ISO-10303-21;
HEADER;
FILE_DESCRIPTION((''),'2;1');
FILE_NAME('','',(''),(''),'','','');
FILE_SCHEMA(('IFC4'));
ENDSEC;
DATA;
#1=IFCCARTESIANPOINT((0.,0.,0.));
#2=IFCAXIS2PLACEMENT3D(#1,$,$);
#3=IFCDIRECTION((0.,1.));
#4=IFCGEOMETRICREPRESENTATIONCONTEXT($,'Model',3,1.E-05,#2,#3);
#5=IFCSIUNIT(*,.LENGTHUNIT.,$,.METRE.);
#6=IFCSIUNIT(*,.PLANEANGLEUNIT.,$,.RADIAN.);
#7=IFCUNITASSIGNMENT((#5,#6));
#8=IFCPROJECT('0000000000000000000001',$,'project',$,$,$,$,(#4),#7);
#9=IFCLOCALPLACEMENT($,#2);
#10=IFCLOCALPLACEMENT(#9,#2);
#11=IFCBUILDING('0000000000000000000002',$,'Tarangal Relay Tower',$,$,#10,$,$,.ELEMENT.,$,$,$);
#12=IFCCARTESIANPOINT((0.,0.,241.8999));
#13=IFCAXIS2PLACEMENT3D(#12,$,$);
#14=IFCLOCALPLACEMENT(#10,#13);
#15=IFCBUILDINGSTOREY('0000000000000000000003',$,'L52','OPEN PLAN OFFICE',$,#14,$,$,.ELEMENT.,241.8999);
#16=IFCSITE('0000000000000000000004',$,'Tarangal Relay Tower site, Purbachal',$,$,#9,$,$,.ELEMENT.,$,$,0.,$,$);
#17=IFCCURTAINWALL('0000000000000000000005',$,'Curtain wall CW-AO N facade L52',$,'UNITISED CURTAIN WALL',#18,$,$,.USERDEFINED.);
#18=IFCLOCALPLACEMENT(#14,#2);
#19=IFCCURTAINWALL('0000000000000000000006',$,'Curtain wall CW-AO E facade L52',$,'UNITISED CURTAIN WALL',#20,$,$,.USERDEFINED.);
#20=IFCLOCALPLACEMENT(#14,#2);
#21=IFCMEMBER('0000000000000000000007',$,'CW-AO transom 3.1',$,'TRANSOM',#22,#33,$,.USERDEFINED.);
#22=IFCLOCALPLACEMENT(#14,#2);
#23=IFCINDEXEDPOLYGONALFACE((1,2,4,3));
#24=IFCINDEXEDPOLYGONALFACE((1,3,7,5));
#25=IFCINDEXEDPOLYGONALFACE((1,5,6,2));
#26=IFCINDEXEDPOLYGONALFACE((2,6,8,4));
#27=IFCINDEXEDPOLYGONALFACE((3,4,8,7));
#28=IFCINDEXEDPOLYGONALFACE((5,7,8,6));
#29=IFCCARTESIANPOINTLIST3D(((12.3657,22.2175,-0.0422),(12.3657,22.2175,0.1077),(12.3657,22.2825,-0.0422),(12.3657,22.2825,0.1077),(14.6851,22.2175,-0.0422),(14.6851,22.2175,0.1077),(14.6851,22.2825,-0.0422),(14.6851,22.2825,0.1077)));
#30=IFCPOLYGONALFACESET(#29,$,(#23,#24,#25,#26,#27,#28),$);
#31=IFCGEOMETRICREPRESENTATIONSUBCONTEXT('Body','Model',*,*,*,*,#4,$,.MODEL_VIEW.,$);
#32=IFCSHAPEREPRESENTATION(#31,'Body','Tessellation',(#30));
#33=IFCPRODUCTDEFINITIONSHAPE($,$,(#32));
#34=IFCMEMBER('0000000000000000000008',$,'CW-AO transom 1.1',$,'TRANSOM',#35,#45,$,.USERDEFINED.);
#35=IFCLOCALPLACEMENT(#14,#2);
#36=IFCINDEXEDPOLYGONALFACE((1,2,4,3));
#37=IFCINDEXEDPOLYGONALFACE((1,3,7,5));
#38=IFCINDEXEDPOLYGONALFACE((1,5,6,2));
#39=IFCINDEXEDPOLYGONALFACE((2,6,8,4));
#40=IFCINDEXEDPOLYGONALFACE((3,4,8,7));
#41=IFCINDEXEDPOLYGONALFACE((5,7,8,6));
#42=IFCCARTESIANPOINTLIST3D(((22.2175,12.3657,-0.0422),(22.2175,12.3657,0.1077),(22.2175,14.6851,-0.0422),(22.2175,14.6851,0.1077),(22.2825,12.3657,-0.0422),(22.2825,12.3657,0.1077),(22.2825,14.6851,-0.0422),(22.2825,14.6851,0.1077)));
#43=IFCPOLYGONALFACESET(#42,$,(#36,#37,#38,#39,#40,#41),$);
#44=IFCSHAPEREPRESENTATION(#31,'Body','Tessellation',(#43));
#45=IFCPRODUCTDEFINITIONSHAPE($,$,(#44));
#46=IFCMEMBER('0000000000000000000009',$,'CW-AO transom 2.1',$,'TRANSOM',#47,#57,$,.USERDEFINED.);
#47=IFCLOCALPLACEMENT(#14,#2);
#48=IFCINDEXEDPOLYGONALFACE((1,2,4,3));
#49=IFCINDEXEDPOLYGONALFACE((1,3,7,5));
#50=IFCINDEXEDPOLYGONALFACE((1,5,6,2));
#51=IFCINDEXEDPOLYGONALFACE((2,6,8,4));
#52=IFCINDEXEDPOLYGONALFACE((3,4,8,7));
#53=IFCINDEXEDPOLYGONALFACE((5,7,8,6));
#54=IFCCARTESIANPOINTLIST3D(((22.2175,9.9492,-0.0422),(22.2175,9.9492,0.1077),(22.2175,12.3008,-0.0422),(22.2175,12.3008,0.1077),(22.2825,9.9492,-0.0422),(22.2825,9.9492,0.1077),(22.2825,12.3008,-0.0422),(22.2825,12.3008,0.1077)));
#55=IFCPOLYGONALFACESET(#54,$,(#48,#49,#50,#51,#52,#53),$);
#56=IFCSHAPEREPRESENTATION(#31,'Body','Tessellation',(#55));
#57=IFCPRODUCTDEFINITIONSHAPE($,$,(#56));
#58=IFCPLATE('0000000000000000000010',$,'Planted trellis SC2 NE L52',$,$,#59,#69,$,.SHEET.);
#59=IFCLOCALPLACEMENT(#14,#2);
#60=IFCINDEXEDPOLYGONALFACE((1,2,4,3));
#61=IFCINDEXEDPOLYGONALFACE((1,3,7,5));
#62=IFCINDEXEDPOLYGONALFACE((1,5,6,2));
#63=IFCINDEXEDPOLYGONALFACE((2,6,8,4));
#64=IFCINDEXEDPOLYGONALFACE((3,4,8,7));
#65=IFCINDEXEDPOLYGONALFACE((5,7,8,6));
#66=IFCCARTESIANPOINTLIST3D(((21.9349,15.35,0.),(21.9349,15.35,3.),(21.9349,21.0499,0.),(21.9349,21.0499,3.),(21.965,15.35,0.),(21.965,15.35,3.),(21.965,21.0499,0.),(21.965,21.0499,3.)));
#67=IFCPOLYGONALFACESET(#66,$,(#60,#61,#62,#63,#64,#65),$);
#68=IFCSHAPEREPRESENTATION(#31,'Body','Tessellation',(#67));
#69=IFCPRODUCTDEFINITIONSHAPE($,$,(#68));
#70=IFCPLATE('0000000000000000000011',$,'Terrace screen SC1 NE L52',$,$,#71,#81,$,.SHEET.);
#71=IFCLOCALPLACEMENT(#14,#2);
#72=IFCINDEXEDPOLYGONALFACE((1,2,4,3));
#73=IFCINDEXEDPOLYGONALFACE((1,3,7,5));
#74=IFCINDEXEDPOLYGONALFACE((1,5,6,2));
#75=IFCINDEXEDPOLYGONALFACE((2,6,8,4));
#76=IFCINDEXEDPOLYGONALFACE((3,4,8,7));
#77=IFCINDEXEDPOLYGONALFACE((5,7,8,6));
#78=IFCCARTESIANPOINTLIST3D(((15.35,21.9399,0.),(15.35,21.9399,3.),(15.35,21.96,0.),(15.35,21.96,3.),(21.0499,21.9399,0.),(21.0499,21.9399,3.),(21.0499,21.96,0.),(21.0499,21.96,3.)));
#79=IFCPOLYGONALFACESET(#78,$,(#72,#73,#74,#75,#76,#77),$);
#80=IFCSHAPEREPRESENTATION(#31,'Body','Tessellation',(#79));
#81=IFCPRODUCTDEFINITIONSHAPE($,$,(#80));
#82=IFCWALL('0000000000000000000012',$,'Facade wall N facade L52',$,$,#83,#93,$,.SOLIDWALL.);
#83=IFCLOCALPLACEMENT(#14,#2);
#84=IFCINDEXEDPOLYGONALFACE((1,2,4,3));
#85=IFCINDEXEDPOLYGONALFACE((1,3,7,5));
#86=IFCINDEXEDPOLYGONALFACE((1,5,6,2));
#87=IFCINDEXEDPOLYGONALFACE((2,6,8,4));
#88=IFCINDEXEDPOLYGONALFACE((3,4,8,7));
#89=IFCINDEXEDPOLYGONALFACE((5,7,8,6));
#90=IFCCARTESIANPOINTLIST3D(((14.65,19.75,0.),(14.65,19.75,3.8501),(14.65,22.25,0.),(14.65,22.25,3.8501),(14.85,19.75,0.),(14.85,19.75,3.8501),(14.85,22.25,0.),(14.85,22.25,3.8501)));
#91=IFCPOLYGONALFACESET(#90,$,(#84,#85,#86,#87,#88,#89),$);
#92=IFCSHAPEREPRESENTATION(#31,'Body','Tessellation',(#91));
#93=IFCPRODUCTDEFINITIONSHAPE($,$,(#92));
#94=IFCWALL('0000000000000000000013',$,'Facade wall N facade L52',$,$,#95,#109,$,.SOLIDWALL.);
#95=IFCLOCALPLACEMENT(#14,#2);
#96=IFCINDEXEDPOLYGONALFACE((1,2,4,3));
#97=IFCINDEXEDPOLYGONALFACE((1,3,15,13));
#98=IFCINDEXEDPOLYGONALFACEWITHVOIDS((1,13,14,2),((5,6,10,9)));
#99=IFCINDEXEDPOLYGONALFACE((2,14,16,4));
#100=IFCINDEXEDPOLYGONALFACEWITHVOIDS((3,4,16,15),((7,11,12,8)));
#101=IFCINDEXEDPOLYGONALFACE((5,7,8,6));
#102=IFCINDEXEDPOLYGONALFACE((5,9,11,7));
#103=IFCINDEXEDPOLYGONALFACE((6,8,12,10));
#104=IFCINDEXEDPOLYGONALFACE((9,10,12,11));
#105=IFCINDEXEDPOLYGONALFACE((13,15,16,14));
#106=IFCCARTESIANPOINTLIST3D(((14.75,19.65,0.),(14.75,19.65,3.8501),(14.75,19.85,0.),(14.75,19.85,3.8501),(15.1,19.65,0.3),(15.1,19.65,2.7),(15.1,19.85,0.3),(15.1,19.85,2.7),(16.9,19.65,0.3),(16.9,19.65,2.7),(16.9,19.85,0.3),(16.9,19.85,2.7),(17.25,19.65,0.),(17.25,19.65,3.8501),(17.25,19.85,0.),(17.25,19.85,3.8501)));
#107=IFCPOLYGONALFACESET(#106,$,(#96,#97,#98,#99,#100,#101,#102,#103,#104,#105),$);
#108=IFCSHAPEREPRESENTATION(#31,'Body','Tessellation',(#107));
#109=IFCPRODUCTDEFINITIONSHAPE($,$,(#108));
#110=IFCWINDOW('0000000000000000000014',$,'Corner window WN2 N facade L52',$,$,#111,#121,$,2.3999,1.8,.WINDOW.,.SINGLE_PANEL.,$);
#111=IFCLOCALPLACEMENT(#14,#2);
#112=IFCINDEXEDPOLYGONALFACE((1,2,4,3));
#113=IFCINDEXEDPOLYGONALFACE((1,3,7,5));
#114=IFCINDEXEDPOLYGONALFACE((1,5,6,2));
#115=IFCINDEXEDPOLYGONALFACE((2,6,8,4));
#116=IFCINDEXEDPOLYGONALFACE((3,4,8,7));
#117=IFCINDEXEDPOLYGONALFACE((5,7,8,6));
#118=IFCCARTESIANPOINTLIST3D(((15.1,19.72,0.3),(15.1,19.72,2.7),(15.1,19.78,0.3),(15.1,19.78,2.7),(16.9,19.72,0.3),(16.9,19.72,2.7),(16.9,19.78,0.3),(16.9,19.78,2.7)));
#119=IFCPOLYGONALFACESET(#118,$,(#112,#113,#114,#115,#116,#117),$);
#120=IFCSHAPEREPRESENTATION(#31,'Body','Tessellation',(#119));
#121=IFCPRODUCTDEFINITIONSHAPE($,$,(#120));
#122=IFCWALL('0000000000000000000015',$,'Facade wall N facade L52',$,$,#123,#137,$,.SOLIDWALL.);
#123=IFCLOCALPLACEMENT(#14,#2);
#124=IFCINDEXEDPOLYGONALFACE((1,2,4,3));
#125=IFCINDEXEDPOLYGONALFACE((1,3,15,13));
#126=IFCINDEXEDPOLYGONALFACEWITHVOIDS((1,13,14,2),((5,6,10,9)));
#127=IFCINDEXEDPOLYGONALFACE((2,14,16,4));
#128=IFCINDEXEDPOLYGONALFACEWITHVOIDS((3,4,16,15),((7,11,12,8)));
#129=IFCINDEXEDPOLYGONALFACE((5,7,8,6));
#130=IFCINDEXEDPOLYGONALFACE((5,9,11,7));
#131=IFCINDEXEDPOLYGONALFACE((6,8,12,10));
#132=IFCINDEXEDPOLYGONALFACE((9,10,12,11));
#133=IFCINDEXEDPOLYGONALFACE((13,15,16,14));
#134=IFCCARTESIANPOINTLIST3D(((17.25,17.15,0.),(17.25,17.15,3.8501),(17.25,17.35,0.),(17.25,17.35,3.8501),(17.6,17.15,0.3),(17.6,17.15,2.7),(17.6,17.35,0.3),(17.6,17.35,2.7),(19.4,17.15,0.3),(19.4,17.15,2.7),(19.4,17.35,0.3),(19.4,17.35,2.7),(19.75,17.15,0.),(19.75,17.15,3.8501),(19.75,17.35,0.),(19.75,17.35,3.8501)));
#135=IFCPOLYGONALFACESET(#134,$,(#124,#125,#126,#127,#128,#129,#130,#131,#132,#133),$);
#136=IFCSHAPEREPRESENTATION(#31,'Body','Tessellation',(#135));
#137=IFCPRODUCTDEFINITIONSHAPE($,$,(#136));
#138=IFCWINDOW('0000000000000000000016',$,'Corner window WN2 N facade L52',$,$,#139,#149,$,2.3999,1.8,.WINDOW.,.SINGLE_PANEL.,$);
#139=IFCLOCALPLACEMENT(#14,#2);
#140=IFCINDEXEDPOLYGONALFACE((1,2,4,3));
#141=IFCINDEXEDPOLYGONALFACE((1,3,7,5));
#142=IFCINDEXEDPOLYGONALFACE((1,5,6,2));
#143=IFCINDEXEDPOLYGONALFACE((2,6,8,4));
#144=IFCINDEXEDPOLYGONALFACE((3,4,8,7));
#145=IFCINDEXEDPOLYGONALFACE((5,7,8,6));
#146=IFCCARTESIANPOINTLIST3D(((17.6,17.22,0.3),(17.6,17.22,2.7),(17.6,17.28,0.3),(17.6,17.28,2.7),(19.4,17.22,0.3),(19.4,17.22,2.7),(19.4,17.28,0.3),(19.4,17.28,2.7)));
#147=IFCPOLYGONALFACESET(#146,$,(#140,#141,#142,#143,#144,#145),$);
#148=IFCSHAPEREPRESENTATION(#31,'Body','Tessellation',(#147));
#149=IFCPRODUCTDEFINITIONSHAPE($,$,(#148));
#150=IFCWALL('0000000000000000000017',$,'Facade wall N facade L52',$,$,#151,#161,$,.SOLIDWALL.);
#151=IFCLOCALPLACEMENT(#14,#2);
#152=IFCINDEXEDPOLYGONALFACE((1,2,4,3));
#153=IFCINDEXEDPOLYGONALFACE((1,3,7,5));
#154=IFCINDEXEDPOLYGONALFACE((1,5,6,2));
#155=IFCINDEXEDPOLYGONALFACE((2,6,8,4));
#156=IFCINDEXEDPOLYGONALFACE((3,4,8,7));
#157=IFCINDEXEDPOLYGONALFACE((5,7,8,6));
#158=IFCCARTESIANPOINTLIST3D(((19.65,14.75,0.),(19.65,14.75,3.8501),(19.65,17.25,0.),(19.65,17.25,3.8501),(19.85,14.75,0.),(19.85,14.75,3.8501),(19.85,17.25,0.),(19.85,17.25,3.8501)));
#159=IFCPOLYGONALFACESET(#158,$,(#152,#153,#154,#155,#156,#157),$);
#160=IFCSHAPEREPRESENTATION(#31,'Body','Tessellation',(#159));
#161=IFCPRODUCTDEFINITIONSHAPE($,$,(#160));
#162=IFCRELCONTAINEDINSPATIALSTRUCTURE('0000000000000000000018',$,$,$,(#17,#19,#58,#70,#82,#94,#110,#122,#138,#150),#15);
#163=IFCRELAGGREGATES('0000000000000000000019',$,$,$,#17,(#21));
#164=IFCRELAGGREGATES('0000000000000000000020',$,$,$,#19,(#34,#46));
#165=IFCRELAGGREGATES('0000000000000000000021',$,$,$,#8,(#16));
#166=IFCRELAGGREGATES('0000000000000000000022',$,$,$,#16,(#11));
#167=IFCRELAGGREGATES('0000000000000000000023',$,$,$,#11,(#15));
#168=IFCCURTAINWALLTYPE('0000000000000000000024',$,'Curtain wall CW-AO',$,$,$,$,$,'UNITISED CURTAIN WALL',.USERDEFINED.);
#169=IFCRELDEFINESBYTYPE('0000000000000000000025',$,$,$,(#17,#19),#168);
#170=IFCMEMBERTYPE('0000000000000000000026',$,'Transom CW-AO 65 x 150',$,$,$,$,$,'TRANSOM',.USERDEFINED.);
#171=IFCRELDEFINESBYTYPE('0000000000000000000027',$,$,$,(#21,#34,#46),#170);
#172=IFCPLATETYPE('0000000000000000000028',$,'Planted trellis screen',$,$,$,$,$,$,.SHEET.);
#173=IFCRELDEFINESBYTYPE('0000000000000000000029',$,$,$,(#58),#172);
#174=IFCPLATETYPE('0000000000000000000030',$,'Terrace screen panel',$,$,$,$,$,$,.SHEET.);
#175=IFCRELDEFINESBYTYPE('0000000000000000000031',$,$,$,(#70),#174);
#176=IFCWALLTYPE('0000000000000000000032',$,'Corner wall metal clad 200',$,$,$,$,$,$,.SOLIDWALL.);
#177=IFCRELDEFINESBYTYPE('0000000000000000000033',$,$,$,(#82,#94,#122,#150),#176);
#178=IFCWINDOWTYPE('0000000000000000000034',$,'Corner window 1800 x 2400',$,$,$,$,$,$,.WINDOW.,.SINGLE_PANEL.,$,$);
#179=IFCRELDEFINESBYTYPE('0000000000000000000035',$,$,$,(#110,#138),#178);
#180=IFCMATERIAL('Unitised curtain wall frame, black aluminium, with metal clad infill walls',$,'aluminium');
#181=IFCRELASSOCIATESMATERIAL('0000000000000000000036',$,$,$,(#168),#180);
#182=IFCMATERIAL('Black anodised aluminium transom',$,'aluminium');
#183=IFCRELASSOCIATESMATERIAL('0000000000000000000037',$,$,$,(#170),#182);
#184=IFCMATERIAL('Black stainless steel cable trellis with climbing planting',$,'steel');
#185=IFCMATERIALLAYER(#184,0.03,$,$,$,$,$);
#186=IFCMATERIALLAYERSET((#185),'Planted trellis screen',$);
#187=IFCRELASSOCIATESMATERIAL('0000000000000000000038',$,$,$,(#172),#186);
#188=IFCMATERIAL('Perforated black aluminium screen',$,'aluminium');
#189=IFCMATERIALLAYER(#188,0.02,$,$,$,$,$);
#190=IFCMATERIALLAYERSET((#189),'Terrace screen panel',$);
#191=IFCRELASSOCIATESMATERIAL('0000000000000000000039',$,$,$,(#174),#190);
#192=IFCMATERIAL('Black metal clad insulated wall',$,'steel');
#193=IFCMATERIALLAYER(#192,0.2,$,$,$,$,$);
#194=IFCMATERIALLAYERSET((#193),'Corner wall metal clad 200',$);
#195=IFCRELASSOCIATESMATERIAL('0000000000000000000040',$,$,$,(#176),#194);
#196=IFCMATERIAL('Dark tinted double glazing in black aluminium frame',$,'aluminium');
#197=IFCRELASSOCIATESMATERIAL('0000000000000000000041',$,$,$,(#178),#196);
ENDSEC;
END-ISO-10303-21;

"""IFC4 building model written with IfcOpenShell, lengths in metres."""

from ifc_helpers import new_model, si_unit, direction, frame, frame_2d, origin, origin_2d, place, context, subcontext, project, spatial, rectangle, extrude, material, layer, layer_set, material_profile, profile_set, type_object, element, fill, aggregate, save


model = new_model("IFC4")

# Units and contexts
model_context = context("Model", 3, precision=1e-05, world=origin(), true_north=direction((0.0, 1.0)))
body_context = subcontext(model_context, "Body", "Model", "MODEL_VIEW")
ifc_project = project(units=[si_unit("LENGTHUNIT", "METRE"), si_unit("PLANEANGLEUNIT", "RADIAN")], contexts=[model_context])

# Site, building, storey
site_placement = place(None, origin())
site = spatial("IfcSite", under=ifc_project, at=site_placement, Name="Tarangal Relay Tower site, Purbachal", CompositionType="ELEMENT", RefElevation=0.0)
building_placement = place(site_placement, origin())
building = spatial("IfcBuilding", under=site, at=building_placement, Name="Tarangal Relay Tower", CompositionType="ELEMENT")
storey_placement = place(building_placement, frame((0.0, 0.0, 241.8999)))
storey = spatial("IfcBuildingStorey", under=building, at=storey_placement, Name="L52", Description="OPEN PLAN OFFICE", CompositionType="ELEMENT", Elevation=241.8999)

# Curtain walls
ifc_material_1 = material(Name="Unitised curtain wall frame, black aluminium, with metal clad infill walls", Category="aluminium")
curtain_wall_type = type_object("IfcCurtainWallType", Name="Curtain wall CW-AO", ElementType="UNITISED CURTAIN WALL", PredefinedType="USERDEFINED", material=ifc_material_1)
curtain_wall_1_placement = place(storey_placement, origin())
curtain_wall_1 = element("IfcCurtainWall", 1, at=curtain_wall_1_placement, inside=storey, type_object=curtain_wall_type, Name="Curtain wall CW-AO N facade L52", ObjectType="UNITISED CURTAIN WALL", PredefinedType="USERDEFINED")
curtain_wall_2_placement = place(storey_placement, origin())
curtain_wall_2 = element("IfcCurtainWall", 2, at=curtain_wall_2_placement, inside=storey, type_object=curtain_wall_type, Name="Curtain wall CW-AO E facade L52", ObjectType="UNITISED CURTAIN WALL", PredefinedType="USERDEFINED")

# Members
ifc_material_2 = material(Name="Black anodised aluminium transom", Category="aluminium")
ifc_material_profile_1 = material_profile(ifc_material_2, rectangle(XDim=0.0649, YDim=0.1499, at=origin_2d()), Name="CW-AOT 65X150")
ifc_profile_set_1 = profile_set([ifc_material_profile_1], Name="Black anodised aluminium transom")
member_type_1 = type_object("IfcMemberType", Name="Transom CW-AO 65 x 150", ElementType="TRANSOM", PredefinedType="USERDEFINED", material=ifc_profile_set_1)
member_1_placement = place(storey_placement, frame((12.3657, 22.25, 0.0327), z_axis=(1.0, 0.0, 0.0), x_axis=(0.0, 1.0, 0.0)))
member_1 = element("IfcMember", 3, at=member_1_placement, type_object=member_type_1, Name="CW-AO transom 3.1", ObjectType="TRANSOM", PredefinedType="USERDEFINED", context=body_context, shape_type="SweptSolid", body=[
    extrude(rectangle(XDim=0.0649, YDim=0.1499, at=origin_2d()), origin(), (0.0, 0.0, 1.0), 2.3193),
])
aggregate(curtain_wall_1, [member_1])
member_2_placement = place(storey_placement, frame((22.25, 14.6851, 0.0327), z_axis=(0.0, -1.0, 0.0), x_axis=(1.0, 0.0, 0.0)))
member_2 = element("IfcMember", 4, at=member_2_placement, type_object=member_type_1, Name="CW-AO transom 1.1", ObjectType="TRANSOM", PredefinedType="USERDEFINED", context=body_context, shape_type="SweptSolid", body=[
    extrude(rectangle(XDim=0.0649, YDim=0.1499, at=origin_2d()), origin(), (0.0, 0.0, 1.0), 2.3193),
])
member_3_placement = place(storey_placement, frame((22.25, 12.3008, 0.0327), z_axis=(0.0, -1.0, 0.0), x_axis=(1.0, 0.0, 0.0)))
member_3 = element("IfcMember", 5, at=member_3_placement, type_object=member_type_1, Name="CW-AO transom 2.1", ObjectType="TRANSOM", PredefinedType="USERDEFINED", context=body_context, shape_type="SweptSolid", body=[
    extrude(rectangle(XDim=0.0649, YDim=0.1499, at=origin_2d()), origin(), (0.0, 0.0, 1.0), 2.3516),
])
aggregate(curtain_wall_2, [member_2, member_3])

# Plates
ifc_material_3 = material(Name="Black stainless steel cable trellis with climbing planting", Category="steel")
ifc_layer_1 = layer(ifc_material_3, 0.03)
ifc_layer_set_1 = layer_set([ifc_layer_1], Name="Planted trellis screen")
plate_type_1 = type_object("IfcPlateType", Name="Planted trellis screen", PredefinedType="SHEET", material=ifc_layer_set_1)
plate_1_placement = place(storey_placement, frame((21.95, 18.2, 0.0), z_axis=(0.0, 0.0, 1.0), x_axis=(0.0, -1.0, 0.0)))
element("IfcPlate", 6, at=plate_1_placement, inside=storey, type_object=plate_type_1, Name="Planted trellis SC2 NE L52", PredefinedType="SHEET", context=body_context, shape_type="SweptSolid", body=[
    extrude(rectangle(XDim=5.7, YDim=0.03, at=origin_2d()), origin(), (0.0, 0.0, 1.0), 3.0),
])
ifc_material_4 = material(Name="Perforated black aluminium screen", Category="aluminium")
ifc_layer_2 = layer(ifc_material_4, 0.02)
ifc_layer_set_2 = layer_set([ifc_layer_2], Name="Terrace screen panel")
plate_type_2 = type_object("IfcPlateType", Name="Terrace screen panel", PredefinedType="SHEET", material=ifc_layer_set_2)
plate_2_placement = place(storey_placement, frame((18.2, 21.95, 0.0), z_axis=(0.0, 0.0, 1.0), x_axis=(1.0, 0.0, 0.0)))
element("IfcPlate", 7, at=plate_2_placement, inside=storey, type_object=plate_type_2, Name="Terrace screen SC1 NE L52", PredefinedType="SHEET", context=body_context, shape_type="SweptSolid", body=[
    extrude(rectangle(XDim=5.7, YDim=0.02, at=origin_2d()), origin(), (0.0, 0.0, 1.0), 3.0),
])

# Wall
ifc_material_5 = material(Name="Black metal clad insulated wall", Category="steel")
ifc_layer_3 = layer(ifc_material_5, 0.2)
ifc_layer_set_3 = layer_set([ifc_layer_3], Name="Corner wall metal clad 200")
wall_type_1 = type_object("IfcWallType", Name="Corner wall metal clad 200", PredefinedType="SOLIDWALL", material=ifc_layer_set_3)
wall_1_placement = place(storey_placement, frame((14.75, 22.25, 0.0), z_axis=(0.0, 0.0, 1.0), x_axis=(0.0, -1.0, 0.0)))
element("IfcWall", 8, at=wall_1_placement, inside=storey, type_object=wall_type_1, Name="Facade wall N facade L52", PredefinedType="SOLIDWALL", context=body_context, shape_type="SweptSolid", body=[
    extrude(rectangle(XDim=2.5, YDim=0.2, at=frame_2d((1.25, 0.0))), origin(), (0.0, 0.0, 1.0), 3.8501),
])

# Wall, opening, window
wall_2_placement = place(storey_placement, frame((14.75, 19.75, 0.0), z_axis=(0.0, 0.0, 1.0), x_axis=(1.0, 0.0, 0.0)))
wall_2 = element("IfcWall", 9, at=wall_2_placement, inside=storey, type_object=wall_type_1, Name="Facade wall N facade L52", PredefinedType="SOLIDWALL", context=body_context, shape_type="SweptSolid", body=[
    extrude(rectangle(XDim=2.5, YDim=0.2, at=frame_2d((1.25, 0.0))), origin(), (0.0, 0.0, 1.0), 3.8501),
])
opening_1_placement = place(wall_2_placement, frame((0.3501, 0.0, 0.3)))
opening_1 = element("IfcOpeningElement", 10, at=opening_1_placement, cuts=wall_2, PredefinedType="OPENING", context=body_context, shape_type="SweptSolid", body=[
    extrude(rectangle(XDim=1.8, YDim=2.3999, at=frame_2d((0.8999, 1.2))), frame((0.0, 0.1099, 0.0), z_axis=(0.0, -1.0, 0.0), x_axis=(1.0, 0.0, 0.0)), (0.0, 0.0, 1.0), 0.22),
])
ifc_material_6 = material(Name="Dark tinted double glazing in black aluminium frame", Category="aluminium")
window_type = type_object("IfcWindowType", Name="Corner window 1800 x 2400", PartitioningType="SINGLE_PANEL", PredefinedType="WINDOW", material=ifc_material_6)
window_1_placement = place(opening_1_placement, origin())
window_1 = element("IfcWindow", 11, at=window_1_placement, inside=storey, type_object=window_type, Name="Corner window WN2 N facade L52", OverallHeight=2.3999, OverallWidth=1.8, PartitioningType="SINGLE_PANEL", PredefinedType="WINDOW", context=body_context, shape_type="SweptSolid", body=[
    extrude(rectangle(XDim=1.8, YDim=2.3999, at=frame_2d((0.8999, 1.2))), frame((0.0, 0.03, 0.0), z_axis=(0.0, -1.0, 0.0), x_axis=(1.0, 0.0, 0.0)), (0.0, 0.0, 1.0), 0.0601),
])
fill(opening_1, window_1)

# Wall, opening, window
wall_3_placement = place(storey_placement, frame((17.25, 17.25, 0.0), z_axis=(0.0, 0.0, 1.0), x_axis=(1.0, 0.0, 0.0)))
wall_3 = element("IfcWall", 12, at=wall_3_placement, inside=storey, type_object=wall_type_1, Name="Facade wall N facade L52", PredefinedType="SOLIDWALL", context=body_context, shape_type="SweptSolid", body=[
    extrude(rectangle(XDim=2.5, YDim=0.2, at=frame_2d((1.25, 0.0))), origin(), (0.0, 0.0, 1.0), 3.8501),
])
opening_2_placement = place(wall_3_placement, frame((0.3501, 0.0, 0.3)))
opening_2 = element("IfcOpeningElement", 13, at=opening_2_placement, cuts=wall_3, PredefinedType="OPENING", context=body_context, shape_type="SweptSolid", body=[
    extrude(rectangle(XDim=1.8, YDim=2.3999, at=frame_2d((0.8999, 1.2))), frame((0.0, 0.1099, 0.0), z_axis=(0.0, -1.0, 0.0), x_axis=(1.0, 0.0, 0.0)), (0.0, 0.0, 1.0), 0.22),
])
window_2_placement = place(opening_2_placement, origin())
window_2 = element("IfcWindow", 14, at=window_2_placement, inside=storey, type_object=window_type, Name="Corner window WN2 N facade L52", OverallHeight=2.3999, OverallWidth=1.8, PartitioningType="SINGLE_PANEL", PredefinedType="WINDOW", context=body_context, shape_type="SweptSolid", body=[
    extrude(rectangle(XDim=1.8, YDim=2.3999, at=frame_2d((0.8999, 1.2))), frame((0.0, 0.03, 0.0), z_axis=(0.0, -1.0, 0.0), x_axis=(1.0, 0.0, 0.0)), (0.0, 0.0, 1.0), 0.0601),
])
fill(opening_2, window_2)

# Wall
wall_4_placement = place(storey_placement, frame((19.75, 17.25, 0.0), z_axis=(0.0, 0.0, 1.0), x_axis=(0.0, -1.0, 0.0)))
element("IfcWall", 15, at=wall_4_placement, inside=storey, type_object=wall_type_1, Name="Facade wall N facade L52", PredefinedType="SOLIDWALL", context=body_context, shape_type="SweptSolid", body=[
    extrude(rectangle(XDim=2.5, YDim=0.2, at=frame_2d((1.25, 0.0))), origin(), (0.0, 0.0, 1.0), 3.8501),
])

save(model, "model.ifc")
